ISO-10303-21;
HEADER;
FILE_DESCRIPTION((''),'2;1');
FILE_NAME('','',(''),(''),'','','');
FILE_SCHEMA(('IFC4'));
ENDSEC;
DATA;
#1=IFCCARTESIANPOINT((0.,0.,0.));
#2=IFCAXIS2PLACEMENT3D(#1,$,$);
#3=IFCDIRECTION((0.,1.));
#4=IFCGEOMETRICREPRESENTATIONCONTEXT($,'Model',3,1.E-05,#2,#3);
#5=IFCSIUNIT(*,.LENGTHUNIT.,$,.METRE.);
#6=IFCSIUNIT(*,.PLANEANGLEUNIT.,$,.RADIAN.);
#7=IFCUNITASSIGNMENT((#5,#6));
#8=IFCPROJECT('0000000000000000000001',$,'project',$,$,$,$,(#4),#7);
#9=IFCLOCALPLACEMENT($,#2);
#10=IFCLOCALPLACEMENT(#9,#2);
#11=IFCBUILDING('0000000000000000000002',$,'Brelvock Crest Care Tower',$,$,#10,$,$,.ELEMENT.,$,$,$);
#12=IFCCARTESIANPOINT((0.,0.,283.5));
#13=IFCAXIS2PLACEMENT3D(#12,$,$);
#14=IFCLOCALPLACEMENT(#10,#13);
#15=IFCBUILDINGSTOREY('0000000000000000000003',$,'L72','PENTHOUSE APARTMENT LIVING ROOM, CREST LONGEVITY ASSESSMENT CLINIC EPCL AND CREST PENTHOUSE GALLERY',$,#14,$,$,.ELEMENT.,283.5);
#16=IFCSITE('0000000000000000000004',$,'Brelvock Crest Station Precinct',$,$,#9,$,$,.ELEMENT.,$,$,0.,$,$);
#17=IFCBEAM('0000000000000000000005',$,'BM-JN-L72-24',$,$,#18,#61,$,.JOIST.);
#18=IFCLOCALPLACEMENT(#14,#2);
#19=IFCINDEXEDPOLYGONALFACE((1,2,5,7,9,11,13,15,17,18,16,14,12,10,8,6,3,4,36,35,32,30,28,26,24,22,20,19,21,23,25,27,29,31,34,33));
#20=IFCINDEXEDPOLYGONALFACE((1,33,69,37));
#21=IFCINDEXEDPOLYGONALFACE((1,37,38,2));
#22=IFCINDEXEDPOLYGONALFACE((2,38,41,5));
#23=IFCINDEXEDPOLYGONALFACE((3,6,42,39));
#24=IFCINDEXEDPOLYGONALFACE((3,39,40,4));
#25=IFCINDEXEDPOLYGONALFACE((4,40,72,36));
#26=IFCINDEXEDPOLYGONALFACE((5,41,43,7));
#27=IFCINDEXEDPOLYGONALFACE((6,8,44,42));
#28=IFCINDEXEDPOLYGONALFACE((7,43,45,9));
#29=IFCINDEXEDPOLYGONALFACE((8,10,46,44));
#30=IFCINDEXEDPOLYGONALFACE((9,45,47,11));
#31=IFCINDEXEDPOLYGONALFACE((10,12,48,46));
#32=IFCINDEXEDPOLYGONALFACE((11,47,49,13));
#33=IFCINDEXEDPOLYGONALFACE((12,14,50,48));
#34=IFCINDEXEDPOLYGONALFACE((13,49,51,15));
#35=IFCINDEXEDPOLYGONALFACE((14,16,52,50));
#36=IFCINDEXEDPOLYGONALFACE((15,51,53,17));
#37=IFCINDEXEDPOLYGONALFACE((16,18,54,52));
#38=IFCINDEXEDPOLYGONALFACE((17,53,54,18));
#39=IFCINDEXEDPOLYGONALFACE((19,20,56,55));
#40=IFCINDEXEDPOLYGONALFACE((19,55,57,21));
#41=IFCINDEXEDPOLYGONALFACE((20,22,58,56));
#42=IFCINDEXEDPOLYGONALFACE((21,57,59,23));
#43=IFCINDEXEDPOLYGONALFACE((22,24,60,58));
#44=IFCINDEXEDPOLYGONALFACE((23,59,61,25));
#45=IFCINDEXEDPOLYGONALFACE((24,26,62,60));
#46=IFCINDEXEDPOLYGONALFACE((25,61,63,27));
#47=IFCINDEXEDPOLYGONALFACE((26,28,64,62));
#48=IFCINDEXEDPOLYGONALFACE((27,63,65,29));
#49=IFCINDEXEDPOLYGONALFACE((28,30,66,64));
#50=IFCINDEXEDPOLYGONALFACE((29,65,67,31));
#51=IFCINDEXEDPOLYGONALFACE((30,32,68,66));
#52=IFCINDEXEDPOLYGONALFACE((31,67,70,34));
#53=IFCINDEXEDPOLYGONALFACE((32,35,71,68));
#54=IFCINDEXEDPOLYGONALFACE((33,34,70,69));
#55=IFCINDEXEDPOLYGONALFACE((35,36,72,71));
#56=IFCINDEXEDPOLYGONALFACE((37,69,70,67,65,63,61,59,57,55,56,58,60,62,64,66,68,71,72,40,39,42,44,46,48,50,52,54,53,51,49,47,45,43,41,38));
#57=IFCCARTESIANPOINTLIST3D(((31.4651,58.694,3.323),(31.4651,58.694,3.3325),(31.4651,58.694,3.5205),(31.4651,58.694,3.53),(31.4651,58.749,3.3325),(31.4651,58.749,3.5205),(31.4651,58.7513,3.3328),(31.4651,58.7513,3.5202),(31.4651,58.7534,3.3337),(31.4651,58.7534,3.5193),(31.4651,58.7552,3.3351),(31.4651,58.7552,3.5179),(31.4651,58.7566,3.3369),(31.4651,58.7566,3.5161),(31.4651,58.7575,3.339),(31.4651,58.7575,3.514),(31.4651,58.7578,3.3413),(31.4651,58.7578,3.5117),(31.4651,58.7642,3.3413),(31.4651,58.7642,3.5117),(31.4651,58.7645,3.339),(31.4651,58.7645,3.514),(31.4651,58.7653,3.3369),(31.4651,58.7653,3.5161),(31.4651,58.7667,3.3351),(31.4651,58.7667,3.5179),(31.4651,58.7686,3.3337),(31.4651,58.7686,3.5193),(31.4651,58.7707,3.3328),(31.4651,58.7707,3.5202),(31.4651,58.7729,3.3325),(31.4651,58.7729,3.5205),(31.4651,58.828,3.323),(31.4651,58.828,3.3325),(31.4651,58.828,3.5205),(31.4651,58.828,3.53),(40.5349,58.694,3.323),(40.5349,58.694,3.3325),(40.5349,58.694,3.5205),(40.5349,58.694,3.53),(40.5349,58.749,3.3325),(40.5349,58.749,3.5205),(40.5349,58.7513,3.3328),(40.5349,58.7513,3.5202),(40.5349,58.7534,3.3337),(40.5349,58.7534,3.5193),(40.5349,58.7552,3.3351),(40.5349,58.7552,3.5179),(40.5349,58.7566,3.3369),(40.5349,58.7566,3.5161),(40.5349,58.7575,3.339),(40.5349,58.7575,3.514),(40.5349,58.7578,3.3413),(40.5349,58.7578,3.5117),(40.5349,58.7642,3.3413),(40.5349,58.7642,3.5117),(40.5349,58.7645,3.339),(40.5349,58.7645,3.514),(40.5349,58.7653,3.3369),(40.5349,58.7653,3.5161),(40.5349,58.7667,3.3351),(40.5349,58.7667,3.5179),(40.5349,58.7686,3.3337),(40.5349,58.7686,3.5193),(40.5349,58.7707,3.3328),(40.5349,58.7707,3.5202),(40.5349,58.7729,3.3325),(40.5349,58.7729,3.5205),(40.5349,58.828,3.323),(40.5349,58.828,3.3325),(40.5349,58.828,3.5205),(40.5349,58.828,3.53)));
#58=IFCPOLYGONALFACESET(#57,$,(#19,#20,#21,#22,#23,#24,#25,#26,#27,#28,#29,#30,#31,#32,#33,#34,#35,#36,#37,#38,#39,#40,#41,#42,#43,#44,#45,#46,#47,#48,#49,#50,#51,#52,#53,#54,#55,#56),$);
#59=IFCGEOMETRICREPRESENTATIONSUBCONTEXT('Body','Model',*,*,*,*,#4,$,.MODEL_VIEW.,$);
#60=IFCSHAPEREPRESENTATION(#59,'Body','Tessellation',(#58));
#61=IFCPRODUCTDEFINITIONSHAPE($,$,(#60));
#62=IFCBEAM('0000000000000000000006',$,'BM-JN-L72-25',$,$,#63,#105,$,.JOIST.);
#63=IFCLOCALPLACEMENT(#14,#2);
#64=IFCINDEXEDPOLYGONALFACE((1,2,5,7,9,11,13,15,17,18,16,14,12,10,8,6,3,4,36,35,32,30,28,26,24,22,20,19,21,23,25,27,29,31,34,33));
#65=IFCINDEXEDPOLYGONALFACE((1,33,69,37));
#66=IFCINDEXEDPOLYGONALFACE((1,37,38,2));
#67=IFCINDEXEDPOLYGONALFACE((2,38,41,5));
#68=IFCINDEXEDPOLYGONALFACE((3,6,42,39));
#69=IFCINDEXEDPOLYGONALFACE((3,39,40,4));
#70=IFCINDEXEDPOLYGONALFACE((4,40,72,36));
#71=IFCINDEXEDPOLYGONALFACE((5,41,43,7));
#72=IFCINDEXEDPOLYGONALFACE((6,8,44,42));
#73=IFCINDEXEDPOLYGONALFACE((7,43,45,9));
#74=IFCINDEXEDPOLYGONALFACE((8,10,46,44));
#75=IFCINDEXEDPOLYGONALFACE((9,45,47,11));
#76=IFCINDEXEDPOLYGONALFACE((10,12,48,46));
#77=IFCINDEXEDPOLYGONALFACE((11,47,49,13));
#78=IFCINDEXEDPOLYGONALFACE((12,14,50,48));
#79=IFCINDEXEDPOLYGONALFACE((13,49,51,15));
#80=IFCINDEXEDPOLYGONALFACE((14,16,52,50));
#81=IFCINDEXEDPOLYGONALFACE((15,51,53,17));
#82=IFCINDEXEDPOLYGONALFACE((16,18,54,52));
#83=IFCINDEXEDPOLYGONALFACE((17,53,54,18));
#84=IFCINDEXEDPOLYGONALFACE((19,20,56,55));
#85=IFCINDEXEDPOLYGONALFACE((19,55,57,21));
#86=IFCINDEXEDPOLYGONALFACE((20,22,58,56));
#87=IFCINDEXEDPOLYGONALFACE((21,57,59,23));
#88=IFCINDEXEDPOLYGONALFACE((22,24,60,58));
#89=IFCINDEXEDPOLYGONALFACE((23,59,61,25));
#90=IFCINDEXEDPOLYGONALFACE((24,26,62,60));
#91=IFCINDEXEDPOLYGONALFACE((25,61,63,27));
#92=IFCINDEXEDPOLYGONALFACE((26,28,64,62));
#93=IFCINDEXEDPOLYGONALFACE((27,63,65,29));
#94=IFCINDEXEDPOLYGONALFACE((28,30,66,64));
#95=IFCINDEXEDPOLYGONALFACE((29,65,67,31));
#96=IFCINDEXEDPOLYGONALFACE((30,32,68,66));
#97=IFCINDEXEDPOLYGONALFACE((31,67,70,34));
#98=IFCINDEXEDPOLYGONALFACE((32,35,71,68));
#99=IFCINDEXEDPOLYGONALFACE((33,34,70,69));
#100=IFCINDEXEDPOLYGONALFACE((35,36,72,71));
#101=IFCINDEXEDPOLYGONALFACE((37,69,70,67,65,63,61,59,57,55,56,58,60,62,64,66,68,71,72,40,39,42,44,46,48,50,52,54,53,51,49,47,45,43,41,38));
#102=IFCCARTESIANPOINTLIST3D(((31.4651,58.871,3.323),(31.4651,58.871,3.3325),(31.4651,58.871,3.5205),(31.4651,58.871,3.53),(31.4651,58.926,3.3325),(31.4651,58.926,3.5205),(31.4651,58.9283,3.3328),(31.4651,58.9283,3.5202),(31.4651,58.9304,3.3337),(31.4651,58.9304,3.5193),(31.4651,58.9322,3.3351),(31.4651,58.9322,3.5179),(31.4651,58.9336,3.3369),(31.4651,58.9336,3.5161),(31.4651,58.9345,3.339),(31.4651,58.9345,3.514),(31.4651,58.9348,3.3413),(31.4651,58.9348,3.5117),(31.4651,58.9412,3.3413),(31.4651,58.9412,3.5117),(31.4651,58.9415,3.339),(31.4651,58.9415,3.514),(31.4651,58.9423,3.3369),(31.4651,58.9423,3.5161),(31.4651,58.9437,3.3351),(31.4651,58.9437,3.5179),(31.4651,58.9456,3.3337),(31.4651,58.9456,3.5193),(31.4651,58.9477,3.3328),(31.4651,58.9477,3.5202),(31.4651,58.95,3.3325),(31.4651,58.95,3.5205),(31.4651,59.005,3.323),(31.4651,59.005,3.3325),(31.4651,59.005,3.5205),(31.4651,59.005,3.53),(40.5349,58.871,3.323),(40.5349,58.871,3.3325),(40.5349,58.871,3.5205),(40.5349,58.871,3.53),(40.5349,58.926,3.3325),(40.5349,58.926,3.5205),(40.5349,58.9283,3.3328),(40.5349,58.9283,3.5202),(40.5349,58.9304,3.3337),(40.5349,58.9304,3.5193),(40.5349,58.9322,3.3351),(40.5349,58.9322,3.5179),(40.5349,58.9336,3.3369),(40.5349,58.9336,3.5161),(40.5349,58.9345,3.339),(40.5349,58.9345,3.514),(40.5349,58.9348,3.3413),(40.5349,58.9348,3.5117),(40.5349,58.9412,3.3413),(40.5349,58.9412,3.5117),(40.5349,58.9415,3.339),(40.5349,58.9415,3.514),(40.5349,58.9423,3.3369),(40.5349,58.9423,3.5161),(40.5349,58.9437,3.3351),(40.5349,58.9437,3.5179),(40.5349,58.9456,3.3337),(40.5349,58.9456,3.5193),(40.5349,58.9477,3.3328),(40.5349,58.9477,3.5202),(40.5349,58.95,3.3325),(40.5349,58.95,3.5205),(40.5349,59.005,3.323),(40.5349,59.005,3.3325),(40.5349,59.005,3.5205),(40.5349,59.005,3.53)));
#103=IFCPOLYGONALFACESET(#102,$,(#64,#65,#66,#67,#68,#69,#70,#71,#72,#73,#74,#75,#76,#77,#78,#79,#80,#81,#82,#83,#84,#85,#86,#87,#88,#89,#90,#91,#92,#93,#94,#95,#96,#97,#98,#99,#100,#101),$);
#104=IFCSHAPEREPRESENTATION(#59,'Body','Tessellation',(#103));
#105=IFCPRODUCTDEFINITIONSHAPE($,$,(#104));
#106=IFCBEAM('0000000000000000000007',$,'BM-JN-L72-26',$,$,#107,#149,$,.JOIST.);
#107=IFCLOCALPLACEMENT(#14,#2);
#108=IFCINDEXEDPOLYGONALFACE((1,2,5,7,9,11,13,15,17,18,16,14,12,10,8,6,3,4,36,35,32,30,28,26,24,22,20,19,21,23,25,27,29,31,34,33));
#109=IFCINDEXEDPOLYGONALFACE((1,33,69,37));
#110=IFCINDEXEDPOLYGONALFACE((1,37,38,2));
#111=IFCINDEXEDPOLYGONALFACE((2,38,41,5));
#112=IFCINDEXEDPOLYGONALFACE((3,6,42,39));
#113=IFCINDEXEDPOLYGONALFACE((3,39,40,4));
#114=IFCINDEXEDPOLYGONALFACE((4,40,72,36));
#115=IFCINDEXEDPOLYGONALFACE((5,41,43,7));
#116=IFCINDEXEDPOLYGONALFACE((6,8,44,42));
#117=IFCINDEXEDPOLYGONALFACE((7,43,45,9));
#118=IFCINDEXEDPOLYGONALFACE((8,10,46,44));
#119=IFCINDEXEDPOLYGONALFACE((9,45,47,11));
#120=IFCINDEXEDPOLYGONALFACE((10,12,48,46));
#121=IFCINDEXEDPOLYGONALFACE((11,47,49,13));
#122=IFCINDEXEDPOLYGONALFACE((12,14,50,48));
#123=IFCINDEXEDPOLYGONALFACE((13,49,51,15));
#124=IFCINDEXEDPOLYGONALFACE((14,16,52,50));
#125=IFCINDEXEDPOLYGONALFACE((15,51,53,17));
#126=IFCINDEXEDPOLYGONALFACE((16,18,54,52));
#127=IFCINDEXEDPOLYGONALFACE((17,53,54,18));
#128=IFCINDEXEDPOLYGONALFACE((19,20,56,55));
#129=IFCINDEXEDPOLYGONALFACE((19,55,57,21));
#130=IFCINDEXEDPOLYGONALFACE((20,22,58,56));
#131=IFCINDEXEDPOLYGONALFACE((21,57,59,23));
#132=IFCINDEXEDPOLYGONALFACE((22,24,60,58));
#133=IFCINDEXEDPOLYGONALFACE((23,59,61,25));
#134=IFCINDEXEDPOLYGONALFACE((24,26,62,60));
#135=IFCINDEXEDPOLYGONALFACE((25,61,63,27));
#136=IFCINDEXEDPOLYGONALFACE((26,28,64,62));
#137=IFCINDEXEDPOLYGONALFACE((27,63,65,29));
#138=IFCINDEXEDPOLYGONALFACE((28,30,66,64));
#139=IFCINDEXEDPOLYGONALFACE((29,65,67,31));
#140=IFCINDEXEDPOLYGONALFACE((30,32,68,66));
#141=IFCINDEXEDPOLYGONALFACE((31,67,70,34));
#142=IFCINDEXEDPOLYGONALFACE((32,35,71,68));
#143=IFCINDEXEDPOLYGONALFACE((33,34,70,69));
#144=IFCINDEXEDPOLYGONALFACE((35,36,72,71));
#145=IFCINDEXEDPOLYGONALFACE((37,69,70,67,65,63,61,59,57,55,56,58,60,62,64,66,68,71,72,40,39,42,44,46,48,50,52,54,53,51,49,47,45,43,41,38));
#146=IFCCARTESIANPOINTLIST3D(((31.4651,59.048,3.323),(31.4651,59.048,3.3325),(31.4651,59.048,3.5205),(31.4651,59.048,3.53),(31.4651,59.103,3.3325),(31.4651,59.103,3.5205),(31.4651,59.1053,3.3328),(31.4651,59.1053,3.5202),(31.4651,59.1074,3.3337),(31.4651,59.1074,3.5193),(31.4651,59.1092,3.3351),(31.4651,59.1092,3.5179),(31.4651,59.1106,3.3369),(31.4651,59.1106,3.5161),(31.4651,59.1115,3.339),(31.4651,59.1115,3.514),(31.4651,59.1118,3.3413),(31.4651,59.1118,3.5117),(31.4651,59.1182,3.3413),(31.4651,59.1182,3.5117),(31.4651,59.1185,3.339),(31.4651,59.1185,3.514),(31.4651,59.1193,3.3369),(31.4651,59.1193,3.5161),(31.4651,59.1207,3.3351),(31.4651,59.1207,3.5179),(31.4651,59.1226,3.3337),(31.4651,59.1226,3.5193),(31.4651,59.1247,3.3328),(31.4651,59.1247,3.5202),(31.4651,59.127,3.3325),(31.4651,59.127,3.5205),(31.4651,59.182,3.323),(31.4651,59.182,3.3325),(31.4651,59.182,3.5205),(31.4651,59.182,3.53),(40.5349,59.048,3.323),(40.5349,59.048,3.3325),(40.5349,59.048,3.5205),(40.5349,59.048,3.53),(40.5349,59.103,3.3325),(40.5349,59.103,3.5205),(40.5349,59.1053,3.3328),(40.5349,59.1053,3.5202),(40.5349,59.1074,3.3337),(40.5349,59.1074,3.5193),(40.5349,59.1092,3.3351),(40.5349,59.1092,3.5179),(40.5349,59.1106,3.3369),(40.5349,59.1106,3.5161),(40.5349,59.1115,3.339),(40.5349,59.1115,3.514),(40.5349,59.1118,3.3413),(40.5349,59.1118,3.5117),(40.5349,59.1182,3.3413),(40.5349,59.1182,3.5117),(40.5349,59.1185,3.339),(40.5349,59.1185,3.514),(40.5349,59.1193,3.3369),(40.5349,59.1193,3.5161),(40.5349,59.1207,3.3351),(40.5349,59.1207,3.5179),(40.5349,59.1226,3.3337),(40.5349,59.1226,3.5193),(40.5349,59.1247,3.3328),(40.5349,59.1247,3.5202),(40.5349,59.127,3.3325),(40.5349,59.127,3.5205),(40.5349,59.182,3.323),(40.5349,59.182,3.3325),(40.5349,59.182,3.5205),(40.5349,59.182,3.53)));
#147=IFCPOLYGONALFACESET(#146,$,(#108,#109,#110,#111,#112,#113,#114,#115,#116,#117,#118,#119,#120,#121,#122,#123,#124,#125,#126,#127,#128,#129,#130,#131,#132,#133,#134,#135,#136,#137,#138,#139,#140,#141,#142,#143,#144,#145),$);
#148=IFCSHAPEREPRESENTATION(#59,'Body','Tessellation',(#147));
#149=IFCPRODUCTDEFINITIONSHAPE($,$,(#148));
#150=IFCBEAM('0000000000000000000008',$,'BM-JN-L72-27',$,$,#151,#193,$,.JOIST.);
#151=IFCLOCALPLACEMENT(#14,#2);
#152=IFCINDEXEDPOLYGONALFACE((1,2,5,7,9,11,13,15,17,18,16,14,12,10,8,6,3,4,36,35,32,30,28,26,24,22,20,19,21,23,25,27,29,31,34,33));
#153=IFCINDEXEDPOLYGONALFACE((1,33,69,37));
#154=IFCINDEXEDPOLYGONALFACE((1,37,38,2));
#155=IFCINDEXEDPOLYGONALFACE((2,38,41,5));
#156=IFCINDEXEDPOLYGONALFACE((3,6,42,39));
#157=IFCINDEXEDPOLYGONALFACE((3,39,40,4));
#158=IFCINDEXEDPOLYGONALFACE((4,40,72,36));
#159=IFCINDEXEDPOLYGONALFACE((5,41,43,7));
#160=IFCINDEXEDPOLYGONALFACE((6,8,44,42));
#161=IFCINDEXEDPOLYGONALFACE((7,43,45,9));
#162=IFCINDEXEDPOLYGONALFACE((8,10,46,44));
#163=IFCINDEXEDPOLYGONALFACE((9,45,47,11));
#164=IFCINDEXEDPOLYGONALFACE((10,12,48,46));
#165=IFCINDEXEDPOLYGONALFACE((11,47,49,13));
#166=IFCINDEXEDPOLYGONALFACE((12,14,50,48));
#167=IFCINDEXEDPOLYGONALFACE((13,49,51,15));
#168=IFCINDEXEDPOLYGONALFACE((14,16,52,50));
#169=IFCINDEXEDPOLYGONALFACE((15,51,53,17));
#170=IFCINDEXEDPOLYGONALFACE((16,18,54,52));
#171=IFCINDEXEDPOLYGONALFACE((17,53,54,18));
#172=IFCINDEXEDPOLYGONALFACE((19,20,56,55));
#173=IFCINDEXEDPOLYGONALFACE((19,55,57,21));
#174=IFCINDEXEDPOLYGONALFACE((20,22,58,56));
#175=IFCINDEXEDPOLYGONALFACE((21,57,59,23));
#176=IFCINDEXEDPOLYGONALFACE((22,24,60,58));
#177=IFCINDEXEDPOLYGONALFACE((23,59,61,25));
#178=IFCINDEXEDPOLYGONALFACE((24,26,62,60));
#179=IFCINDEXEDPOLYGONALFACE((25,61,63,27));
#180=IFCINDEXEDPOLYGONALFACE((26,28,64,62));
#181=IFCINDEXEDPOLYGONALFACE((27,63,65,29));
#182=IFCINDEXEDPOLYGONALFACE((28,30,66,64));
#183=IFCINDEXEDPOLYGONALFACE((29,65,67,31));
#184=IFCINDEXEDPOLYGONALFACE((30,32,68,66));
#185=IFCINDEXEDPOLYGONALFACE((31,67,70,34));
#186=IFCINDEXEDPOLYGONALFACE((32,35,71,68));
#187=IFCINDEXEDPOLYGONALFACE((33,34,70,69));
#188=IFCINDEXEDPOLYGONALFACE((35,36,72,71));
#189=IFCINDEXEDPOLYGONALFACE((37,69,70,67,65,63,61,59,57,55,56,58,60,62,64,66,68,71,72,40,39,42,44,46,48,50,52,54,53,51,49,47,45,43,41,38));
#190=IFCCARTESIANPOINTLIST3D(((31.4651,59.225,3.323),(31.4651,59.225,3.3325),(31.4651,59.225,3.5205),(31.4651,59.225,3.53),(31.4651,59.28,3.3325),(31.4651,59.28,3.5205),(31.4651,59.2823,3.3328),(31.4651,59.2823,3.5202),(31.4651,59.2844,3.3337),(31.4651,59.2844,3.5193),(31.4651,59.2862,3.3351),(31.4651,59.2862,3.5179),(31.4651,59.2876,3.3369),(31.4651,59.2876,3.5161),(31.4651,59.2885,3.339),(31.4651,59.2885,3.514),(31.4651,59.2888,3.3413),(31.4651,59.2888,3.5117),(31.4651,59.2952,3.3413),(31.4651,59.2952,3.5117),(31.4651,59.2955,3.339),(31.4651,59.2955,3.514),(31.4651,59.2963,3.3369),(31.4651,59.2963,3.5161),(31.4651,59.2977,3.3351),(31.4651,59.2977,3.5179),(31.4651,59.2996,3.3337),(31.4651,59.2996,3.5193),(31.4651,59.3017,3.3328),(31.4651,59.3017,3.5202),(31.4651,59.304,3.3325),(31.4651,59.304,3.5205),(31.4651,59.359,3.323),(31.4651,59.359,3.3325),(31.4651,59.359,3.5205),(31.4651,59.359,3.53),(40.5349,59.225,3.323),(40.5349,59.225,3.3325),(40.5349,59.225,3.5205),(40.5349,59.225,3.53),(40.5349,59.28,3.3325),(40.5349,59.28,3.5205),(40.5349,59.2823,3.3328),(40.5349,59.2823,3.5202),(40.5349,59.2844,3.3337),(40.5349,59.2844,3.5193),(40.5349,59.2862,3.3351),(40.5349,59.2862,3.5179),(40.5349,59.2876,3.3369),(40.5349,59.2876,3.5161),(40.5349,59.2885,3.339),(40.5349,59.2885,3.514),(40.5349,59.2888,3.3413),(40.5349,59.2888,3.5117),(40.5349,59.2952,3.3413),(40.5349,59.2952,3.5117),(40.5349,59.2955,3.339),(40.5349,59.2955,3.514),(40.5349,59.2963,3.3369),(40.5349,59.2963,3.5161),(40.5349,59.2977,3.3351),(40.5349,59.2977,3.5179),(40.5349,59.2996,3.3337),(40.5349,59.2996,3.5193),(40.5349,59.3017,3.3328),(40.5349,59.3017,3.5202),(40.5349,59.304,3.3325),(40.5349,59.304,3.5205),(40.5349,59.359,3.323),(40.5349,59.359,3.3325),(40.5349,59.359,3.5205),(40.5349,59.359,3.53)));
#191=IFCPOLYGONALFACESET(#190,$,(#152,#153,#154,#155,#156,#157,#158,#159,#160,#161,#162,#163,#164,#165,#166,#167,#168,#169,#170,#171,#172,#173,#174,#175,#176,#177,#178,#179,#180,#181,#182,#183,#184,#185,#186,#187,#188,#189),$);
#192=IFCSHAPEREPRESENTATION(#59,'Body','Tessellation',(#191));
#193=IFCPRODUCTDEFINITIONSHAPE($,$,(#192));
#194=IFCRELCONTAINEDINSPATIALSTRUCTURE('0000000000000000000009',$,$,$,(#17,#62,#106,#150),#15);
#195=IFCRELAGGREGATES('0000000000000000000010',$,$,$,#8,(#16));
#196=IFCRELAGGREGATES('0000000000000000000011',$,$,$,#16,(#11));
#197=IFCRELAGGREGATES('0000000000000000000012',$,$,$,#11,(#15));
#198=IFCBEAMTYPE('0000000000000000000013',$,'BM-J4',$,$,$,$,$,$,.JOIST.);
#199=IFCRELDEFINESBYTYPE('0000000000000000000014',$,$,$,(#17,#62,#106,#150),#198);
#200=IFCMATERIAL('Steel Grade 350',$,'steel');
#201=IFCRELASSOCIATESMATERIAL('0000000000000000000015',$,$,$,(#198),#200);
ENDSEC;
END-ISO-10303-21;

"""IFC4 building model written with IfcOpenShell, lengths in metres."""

from ifc_helpers import new_model, si_unit, direction, frame, origin, origin_2d, place, context, subcontext, project, spatial, i_section, extrude, source, transform, mapped, material, material_profile, profile_set, type_object, element, save


model = new_model("IFC4")

# Units and contexts
model_context = context("Model", 3, precision=1e-05, world=origin(), true_north=direction((0.0, 1.0)))
body_context = subcontext(model_context, "Body", "Model", "MODEL_VIEW")
ifc_project = project(units=[si_unit("LENGTHUNIT", "METRE"), si_unit("PLANEANGLEUNIT", "RADIAN")], contexts=[model_context])

# Site, building, storey
site_placement = place(None, origin())
site = spatial("IfcSite", under=ifc_project, at=site_placement, Name="Brelvock Crest Station Precinct", CompositionType="ELEMENT", RefElevation=0.0)
building_placement = place(site_placement, origin())
building = spatial("IfcBuilding", under=site, at=building_placement, Name="Brelvock Crest Care Tower", CompositionType="ELEMENT")
storey_placement = place(building_placement, frame((0.0, 0.0, 283.5)))
storey = spatial("IfcBuildingStorey", under=building, at=storey_placement, Name="L72", Description="PENTHOUSE APARTMENT LIVING ROOM, CREST LONGEVITY ASSESSMENT CLINIC EPCL AND CREST PENTHOUSE GALLERY", CompositionType="ELEMENT", Elevation=283.5)

# Shared definitions
ifc_material_1 = material(Name="Steel Grade 350", Category="steel")

# Beams
ifc_material_profile_1 = material_profile(ifc_material_1, i_section(OverallWidth=0.134, OverallDepth=0.207, WebThickness=0.0063, FlangeThickness=0.0095, FilletRadius=0.0088, at=origin_2d()), Name="200UB29.8")
ifc_profile_set_1 = profile_set([ifc_material_profile_1], Name="Steel Grade 350")
beam_type_1 = type_object("IfcBeamType", Name="BM-J4", PredefinedType="JOIST", material=ifc_profile_set_1)
shared_shape_1 = source(origin(), body_context, "Body", "SweptSolid", [
    extrude(i_section(OverallWidth=0.134, OverallDepth=0.207, WebThickness=0.0063, FlangeThickness=0.0095, FilletRadius=0.0088, at=origin_2d()), origin(), (0.0, 0.0, 1.0), 9.0698),
])
for number, where, z_axis, x_axis, name in (
    (1, (31.4651, 58.761, 3.4265), (1.0, 0.0, 0.0), (0.0, 1.0, 0.0), "BM-JN-L72-24"),
    (2, (31.4651, 58.938, 3.4265), (1.0, 0.0, 0.0), (0.0, 1.0, 0.0), "BM-JN-L72-25"),
    (3, (31.4651, 59.115, 3.4265), (1.0, 0.0, 0.0), (0.0, 1.0, 0.0), "BM-JN-L72-26"),
    (4, (31.4651, 59.292, 3.4265), (1.0, 0.0, 0.0), (0.0, 1.0, 0.0), "BM-JN-L72-27"),
):
    element("IfcBeam", number, at=place(storey_placement, frame(where, z_axis=z_axis, x_axis=x_axis)), inside=storey, type_object=beam_type_1, Name=name, PredefinedType="JOIST", context=body_context, shape_type="MappedRepresentation", body=[
        mapped(shared_shape_1, transform((0.0, 0.0, 0.0), x_axis=(1.0, 0.0, 0.0), y_axis=(0.0, 1.0, 0.0), z_axis=(0.0, 0.0, 1.0), scale=1.0)),
    ])

save(model, "model.ifc")
